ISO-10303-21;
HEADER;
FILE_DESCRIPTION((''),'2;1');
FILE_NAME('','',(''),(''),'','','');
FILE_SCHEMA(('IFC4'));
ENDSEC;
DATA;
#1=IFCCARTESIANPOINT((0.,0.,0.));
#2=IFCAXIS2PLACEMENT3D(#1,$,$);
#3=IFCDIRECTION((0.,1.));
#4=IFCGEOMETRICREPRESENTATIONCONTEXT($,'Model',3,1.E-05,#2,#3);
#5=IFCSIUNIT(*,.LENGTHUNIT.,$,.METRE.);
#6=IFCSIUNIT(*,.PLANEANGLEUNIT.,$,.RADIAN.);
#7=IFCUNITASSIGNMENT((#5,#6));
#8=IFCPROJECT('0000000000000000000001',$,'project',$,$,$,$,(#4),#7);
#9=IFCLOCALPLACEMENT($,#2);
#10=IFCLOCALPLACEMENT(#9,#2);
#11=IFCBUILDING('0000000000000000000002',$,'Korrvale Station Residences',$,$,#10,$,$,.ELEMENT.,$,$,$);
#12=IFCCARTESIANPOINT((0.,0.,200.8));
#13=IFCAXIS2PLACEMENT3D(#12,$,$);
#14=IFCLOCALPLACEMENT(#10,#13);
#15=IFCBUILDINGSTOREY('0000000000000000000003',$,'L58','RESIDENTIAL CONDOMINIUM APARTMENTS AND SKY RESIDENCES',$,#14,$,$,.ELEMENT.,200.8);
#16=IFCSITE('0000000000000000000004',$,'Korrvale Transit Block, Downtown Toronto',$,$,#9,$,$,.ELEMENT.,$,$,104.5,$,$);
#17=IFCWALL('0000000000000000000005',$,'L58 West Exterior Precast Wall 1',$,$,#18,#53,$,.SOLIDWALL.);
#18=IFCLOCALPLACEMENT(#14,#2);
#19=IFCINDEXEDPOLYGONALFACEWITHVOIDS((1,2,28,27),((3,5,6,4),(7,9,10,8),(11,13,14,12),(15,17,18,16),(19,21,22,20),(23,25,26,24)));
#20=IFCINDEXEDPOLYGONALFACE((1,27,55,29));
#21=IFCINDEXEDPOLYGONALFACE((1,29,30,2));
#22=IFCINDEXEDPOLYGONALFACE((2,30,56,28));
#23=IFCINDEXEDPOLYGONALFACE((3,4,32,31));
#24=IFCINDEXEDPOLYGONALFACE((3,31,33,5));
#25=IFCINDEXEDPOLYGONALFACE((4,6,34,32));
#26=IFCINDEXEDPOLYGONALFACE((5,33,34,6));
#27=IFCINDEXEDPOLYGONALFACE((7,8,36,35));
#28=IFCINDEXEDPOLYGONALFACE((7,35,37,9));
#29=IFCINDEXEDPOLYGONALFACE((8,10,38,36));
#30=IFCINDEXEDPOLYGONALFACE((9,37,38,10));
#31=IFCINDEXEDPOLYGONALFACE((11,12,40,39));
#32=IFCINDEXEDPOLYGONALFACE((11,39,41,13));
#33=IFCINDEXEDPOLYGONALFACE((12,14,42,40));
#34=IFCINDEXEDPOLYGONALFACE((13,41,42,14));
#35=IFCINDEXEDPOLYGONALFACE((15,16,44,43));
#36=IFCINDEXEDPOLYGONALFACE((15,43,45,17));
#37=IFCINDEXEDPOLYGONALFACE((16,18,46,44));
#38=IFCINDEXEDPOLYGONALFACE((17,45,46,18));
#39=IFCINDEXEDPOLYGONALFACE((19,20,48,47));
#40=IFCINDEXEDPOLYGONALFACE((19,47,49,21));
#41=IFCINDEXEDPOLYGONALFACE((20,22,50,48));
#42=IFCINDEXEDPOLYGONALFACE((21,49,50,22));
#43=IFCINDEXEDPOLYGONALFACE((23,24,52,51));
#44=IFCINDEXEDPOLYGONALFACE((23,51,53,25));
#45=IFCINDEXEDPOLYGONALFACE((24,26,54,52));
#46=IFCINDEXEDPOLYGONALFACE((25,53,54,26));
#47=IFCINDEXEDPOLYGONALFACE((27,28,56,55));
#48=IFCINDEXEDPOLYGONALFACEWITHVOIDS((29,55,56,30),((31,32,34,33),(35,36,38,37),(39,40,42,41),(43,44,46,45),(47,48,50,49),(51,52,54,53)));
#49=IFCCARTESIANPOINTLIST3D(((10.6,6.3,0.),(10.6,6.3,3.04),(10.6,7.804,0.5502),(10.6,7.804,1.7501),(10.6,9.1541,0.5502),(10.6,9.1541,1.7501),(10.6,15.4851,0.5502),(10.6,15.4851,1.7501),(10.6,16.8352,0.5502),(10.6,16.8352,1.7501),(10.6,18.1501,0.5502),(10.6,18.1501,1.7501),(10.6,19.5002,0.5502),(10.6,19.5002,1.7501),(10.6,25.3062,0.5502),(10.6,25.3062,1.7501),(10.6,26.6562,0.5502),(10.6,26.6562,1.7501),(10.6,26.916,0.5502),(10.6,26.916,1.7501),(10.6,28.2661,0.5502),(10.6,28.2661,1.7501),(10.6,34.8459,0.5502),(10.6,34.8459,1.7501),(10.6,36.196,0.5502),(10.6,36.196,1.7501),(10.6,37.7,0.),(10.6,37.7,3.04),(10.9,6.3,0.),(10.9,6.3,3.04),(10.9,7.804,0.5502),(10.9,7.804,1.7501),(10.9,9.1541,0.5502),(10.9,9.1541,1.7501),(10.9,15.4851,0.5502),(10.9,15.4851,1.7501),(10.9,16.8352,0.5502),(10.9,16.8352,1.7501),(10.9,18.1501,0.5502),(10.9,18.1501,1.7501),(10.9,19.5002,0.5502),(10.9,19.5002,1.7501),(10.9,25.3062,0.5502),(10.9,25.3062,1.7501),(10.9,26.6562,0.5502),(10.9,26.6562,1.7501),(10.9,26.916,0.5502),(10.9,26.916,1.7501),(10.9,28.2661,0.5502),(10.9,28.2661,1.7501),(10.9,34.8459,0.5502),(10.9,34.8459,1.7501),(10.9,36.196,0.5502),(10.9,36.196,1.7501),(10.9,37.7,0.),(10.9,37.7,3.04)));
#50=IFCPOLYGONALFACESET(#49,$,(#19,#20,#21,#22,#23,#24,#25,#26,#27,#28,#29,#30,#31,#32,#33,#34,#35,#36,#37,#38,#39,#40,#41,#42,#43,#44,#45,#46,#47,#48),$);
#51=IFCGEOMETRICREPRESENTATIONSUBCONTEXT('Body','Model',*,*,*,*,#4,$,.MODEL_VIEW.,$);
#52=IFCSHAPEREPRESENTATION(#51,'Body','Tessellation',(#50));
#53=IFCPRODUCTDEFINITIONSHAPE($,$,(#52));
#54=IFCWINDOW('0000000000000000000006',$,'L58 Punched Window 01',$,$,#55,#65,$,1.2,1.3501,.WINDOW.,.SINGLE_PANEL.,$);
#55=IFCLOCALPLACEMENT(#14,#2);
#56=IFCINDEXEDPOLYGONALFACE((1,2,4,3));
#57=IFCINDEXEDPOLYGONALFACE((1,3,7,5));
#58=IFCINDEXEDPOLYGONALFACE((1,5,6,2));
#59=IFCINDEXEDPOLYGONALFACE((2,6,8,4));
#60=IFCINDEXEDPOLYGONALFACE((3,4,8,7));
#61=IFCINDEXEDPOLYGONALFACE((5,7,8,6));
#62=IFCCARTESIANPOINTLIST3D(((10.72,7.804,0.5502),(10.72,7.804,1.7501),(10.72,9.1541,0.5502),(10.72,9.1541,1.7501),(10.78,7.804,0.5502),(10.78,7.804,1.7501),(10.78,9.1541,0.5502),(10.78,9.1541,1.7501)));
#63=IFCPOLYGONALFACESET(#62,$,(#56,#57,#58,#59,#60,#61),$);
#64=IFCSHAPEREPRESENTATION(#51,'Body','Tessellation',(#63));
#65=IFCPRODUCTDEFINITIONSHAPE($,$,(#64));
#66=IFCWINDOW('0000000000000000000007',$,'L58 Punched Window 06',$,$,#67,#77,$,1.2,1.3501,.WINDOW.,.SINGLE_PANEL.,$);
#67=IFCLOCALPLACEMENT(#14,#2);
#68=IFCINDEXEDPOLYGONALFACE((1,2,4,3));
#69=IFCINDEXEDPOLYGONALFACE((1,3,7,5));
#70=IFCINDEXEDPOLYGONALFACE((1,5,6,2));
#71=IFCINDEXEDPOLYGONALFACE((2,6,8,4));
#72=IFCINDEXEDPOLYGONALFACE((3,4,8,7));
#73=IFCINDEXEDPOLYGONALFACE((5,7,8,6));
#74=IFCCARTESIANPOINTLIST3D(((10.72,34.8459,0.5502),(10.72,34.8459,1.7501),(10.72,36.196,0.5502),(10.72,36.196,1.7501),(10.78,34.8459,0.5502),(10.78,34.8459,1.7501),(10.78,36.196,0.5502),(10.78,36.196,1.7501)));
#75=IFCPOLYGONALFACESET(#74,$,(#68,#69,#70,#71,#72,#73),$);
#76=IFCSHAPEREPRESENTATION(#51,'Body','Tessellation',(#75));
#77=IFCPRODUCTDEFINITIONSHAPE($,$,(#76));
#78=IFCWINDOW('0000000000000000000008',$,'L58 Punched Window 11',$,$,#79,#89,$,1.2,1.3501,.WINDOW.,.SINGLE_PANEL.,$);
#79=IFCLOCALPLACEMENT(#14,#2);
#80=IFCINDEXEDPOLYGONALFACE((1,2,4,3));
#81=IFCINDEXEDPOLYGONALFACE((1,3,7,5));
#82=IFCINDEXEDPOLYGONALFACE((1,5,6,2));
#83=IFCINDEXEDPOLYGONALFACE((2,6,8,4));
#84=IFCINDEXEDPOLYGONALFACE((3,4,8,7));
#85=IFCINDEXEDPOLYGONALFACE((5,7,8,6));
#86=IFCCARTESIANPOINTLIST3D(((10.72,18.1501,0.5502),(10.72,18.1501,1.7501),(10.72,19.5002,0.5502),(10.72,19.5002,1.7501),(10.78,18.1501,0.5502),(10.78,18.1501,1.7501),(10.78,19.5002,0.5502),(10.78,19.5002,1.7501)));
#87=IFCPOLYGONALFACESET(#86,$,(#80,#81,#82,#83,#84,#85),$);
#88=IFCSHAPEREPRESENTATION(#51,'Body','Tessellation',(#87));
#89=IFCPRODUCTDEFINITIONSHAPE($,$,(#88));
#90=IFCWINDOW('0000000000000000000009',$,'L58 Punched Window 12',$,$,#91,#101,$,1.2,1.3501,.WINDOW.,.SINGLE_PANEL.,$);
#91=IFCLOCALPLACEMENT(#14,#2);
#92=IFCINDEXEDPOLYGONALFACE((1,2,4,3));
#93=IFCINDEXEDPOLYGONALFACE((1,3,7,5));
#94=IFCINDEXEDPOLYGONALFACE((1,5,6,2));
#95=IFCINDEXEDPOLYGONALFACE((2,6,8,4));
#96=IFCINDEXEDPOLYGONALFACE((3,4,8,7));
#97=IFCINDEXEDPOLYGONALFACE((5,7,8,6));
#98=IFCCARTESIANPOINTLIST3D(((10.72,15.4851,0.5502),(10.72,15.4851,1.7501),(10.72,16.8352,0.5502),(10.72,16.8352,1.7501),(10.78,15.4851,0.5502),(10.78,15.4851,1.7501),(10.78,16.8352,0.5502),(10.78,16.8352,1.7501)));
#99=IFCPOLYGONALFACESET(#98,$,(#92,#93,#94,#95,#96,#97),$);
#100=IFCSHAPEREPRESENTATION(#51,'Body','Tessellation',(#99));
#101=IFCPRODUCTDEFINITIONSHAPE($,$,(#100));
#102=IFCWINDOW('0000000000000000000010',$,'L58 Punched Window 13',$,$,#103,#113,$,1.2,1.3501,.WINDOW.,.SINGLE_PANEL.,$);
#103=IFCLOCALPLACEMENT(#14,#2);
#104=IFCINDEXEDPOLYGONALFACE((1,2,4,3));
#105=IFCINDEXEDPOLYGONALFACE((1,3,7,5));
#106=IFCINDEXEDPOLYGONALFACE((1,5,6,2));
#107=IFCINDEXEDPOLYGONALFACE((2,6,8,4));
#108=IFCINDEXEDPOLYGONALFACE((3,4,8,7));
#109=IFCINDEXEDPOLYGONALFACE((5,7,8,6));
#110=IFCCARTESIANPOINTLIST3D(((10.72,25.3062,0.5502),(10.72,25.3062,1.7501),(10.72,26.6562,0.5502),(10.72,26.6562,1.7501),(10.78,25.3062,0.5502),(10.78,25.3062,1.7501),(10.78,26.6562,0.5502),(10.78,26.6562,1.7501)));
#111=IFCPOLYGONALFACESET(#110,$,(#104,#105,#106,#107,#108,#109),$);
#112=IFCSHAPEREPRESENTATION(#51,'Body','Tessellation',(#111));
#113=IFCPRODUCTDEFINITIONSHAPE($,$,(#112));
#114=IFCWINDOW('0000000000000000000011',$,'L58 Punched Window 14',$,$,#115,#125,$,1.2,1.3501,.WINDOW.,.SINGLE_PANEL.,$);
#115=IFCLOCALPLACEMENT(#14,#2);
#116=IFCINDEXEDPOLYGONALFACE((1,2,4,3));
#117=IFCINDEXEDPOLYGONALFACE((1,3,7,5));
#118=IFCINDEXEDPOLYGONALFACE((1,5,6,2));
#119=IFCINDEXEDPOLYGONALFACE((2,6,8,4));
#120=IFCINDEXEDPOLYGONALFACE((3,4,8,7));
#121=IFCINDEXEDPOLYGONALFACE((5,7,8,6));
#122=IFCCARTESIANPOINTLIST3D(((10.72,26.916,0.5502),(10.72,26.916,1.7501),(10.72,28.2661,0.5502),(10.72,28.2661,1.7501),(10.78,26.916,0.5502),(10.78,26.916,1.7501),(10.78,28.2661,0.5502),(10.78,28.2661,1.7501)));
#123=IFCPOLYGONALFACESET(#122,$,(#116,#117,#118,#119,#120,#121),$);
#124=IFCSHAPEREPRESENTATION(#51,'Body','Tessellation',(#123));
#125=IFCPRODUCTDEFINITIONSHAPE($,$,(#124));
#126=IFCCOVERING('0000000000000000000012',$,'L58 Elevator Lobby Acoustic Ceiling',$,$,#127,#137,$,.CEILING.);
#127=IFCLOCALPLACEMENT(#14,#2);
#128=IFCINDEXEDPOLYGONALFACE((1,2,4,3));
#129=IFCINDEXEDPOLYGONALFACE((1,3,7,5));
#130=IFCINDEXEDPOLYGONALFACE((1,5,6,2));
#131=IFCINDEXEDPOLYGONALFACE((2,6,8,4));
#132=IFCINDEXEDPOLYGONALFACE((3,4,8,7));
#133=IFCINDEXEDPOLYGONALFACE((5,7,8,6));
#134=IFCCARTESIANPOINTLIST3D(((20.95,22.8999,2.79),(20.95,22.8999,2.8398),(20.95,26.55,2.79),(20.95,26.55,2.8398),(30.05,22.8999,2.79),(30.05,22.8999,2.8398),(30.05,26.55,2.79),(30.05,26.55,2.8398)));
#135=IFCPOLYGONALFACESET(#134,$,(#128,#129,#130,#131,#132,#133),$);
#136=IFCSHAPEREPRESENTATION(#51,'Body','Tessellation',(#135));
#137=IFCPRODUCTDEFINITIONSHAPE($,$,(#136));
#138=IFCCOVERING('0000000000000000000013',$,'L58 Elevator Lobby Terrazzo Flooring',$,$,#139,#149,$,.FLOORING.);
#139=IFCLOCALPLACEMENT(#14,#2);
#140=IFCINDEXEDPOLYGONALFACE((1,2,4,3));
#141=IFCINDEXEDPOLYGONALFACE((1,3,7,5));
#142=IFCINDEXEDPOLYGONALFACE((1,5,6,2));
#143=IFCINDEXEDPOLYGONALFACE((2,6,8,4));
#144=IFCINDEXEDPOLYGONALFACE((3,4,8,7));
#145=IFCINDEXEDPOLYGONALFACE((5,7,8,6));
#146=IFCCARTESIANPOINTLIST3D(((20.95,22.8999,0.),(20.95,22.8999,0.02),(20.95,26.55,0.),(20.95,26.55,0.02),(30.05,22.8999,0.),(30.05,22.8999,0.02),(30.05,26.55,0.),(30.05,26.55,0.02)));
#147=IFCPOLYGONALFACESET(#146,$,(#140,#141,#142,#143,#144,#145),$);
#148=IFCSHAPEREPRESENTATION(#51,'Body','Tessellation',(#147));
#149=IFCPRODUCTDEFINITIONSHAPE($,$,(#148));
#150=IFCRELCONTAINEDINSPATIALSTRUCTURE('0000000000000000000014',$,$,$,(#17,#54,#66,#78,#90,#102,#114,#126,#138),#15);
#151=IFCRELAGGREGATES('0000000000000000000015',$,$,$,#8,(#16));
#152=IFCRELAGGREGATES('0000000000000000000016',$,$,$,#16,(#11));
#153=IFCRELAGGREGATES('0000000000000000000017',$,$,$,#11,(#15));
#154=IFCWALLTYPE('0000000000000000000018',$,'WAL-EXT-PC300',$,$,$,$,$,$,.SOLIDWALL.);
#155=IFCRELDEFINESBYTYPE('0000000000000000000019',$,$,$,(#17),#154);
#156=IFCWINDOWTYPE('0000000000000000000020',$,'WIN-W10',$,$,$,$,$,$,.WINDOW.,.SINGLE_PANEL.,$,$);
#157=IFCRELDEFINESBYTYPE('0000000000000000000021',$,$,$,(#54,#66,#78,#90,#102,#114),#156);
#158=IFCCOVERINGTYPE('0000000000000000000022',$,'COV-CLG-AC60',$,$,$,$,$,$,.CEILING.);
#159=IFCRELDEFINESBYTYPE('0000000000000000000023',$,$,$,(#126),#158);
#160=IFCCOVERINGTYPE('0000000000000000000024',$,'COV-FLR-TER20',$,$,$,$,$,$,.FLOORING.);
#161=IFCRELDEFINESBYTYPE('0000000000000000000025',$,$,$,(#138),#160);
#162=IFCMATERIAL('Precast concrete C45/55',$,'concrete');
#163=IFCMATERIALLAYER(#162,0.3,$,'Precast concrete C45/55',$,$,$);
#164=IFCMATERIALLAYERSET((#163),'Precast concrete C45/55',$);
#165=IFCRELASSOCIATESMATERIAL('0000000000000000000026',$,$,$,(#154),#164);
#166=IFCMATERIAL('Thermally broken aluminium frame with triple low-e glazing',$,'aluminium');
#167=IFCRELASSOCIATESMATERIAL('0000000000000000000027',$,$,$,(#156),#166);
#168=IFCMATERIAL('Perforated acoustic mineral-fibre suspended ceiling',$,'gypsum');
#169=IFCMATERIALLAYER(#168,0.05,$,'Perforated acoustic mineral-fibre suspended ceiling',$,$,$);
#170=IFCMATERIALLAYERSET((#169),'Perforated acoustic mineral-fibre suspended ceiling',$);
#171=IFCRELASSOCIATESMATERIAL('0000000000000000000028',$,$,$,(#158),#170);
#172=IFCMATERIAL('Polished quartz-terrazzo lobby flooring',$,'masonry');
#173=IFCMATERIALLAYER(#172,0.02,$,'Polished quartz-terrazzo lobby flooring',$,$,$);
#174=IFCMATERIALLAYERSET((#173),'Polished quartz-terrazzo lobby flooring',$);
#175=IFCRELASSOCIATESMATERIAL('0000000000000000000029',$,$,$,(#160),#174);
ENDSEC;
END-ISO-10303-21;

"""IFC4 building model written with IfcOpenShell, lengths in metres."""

from ifc_helpers import new_model, si_unit, direction, frame, frame_2d, origin, place, context, subcontext, project, spatial, polyline, rectangle, outline, extrude, material, layer, layer_set, type_object, element, fill, save


model = new_model("IFC4")

# Units and contexts
model_context = context("Model", 3, precision=1e-05, world=origin(), true_north=direction((0.0, 1.0)))
body_context = subcontext(model_context, "Body", "Model", "MODEL_VIEW")
ifc_project = project(units=[si_unit("LENGTHUNIT", "METRE"), si_unit("PLANEANGLEUNIT", "RADIAN")], contexts=[model_context])

# Site, building, storey
site_placement = place(None, origin())
site = spatial("IfcSite", under=ifc_project, at=site_placement, Name="Korrvale Transit Block, Downtown Toronto", CompositionType="ELEMENT", RefElevation=104.5)
building_placement = place(site_placement, origin())
building = spatial("IfcBuilding", under=site, at=building_placement, Name="Korrvale Station Residences", CompositionType="ELEMENT")
storey_placement = place(building_placement, frame((0.0, 0.0, 200.8)))
storey = spatial("IfcBuildingStorey", under=building, at=storey_placement, Name="L58", Description="RESIDENTIAL CONDOMINIUM APARTMENTS AND SKY RESIDENCES", CompositionType="ELEMENT", Elevation=200.8)

# Shared definitions
ifc_material_1 = material(Name="Precast concrete C45/55", Category="concrete")
ifc_layer_1 = layer(ifc_material_1, 0.3, Name="Precast concrete C45/55")
ifc_layer_set_1 = layer_set([ifc_layer_1], Name="Precast concrete C45/55")
wall_type_1 = type_object("IfcWallType", Name="WAL-EXT-PC300", PredefinedType="SOLIDWALL", material=ifc_layer_set_1)

# Wall, openings, windows
wall_1_placement = place(storey_placement, frame((10.75, 6.3, 0.0), z_axis=(0.0, 0.0, 1.0), x_axis=(0.0, 1.0, 0.0)))
wall_1 = element("IfcWall", 1, at=wall_1_placement, inside=storey, type_object=wall_type_1, Name="L58 West Exterior Precast Wall 1", PredefinedType="SOLIDWALL", context=body_context, shape_type="SweptSolid", body=[
    extrude(rectangle(XDim=31.3999, YDim=0.3, at=frame_2d((15.7, 0.0))), origin(), (0.0, 0.0, 1.0), 3.04),
])
opening_1_placement = place(wall_1_placement, frame((1.5039, 0.0, 0.55)))
opening_1 = element("IfcOpeningElement", 2, at=opening_1_placement, cuts=wall_1, PredefinedType="OPENING", context=body_context, shape_type="SweptSolid", body=[
    extrude(rectangle(XDim=1.3501, YDim=1.2, at=frame_2d((0.675, 0.6001))), frame((0.0, 0.1602, 0.0), z_axis=(0.0, -1.0, 0.0), x_axis=(1.0, 0.0, 0.0)), (0.0, 0.0, 1.0), 0.3201),
])
opening_2_placement = place(wall_1_placement, frame((28.5459, 0.0, 0.55)))
opening_2 = element("IfcOpeningElement", 3, at=opening_2_placement, cuts=wall_1, PredefinedType="OPENING", context=body_context, shape_type="SweptSolid", body=[
    extrude(rectangle(XDim=1.3501, YDim=1.2, at=frame_2d((0.675, 0.6001))), frame((0.0, 0.1602, 0.0), z_axis=(0.0, -1.0, 0.0), x_axis=(1.0, 0.0, 0.0)), (0.0, 0.0, 1.0), 0.3201),
])
opening_3_placement = place(wall_1_placement, frame((11.8501, 0.0, 0.55)))
opening_3 = element("IfcOpeningElement", 4, at=opening_3_placement, cuts=wall_1, PredefinedType="OPENING", context=body_context, shape_type="SweptSolid", body=[
    extrude(rectangle(XDim=1.3501, YDim=1.2, at=frame_2d((0.675, 0.6001))), frame((0.0, 0.1602, 0.0), z_axis=(0.0, -1.0, 0.0), x_axis=(1.0, 0.0, 0.0)), (0.0, 0.0, 1.0), 0.3201),
])
opening_4_placement = place(wall_1_placement, frame((9.1851, 0.0, 0.55)))
opening_4 = element("IfcOpeningElement", 5, at=opening_4_placement, cuts=wall_1, PredefinedType="OPENING", context=body_context, shape_type="SweptSolid", body=[
    extrude(rectangle(XDim=1.3501, YDim=1.2, at=frame_2d((0.675, 0.6001))), frame((0.0, 0.1602, 0.0), z_axis=(0.0, -1.0, 0.0), x_axis=(1.0, 0.0, 0.0)), (0.0, 0.0, 1.0), 0.3201),
])
opening_5_placement = place(wall_1_placement, frame((19.0061, 0.0, 0.55)))
opening_5 = element("IfcOpeningElement", 6, at=opening_5_placement, cuts=wall_1, PredefinedType="OPENING", context=body_context, shape_type="SweptSolid", body=[
    extrude(rectangle(XDim=1.3501, YDim=1.2, at=frame_2d((0.675, 0.6001))), frame((0.0, 0.1602, 0.0), z_axis=(0.0, -1.0, 0.0), x_axis=(1.0, 0.0, 0.0)), (0.0, 0.0, 1.0), 0.3201),
])
opening_6_placement = place(wall_1_placement, frame((20.616, 0.0, 0.55)))
opening_6 = element("IfcOpeningElement", 7, at=opening_6_placement, cuts=wall_1, PredefinedType="OPENING", context=body_context, shape_type="SweptSolid", body=[
    extrude(rectangle(XDim=1.3501, YDim=1.2, at=frame_2d((0.675, 0.6001))), frame((0.0, 0.1602, 0.0), z_axis=(0.0, -1.0, 0.0), x_axis=(1.0, 0.0, 0.0)), (0.0, 0.0, 1.0), 0.3201),
])
ifc_material_2 = material(Name="Thermally broken aluminium frame with triple low-e glazing", Category="aluminium")
window_type = type_object("IfcWindowType", Name="WIN-W10", PartitioningType="SINGLE_PANEL", PredefinedType="WINDOW", material=ifc_material_2)
window_1_placement = place(opening_1_placement, origin())
window_1 = element("IfcWindow", 8, at=window_1_placement, inside=storey, type_object=window_type, Name="L58 Punched Window 01", OverallHeight=1.2, OverallWidth=1.3501, PartitioningType="SINGLE_PANEL", PredefinedType="WINDOW", context=body_context, shape_type="SweptSolid", body=[
    extrude(rectangle(XDim=1.3501, YDim=1.2, at=frame_2d((0.675, 0.6001))), frame((0.0, 0.03, 0.0), z_axis=(0.0, -1.0, 0.0), x_axis=(1.0, 0.0, 0.0)), (0.0, 0.0, 1.0), 0.0601),
])
fill(opening_1, window_1)
window_2_placement = place(opening_2_placement, origin())
window_2 = element("IfcWindow", 9, at=window_2_placement, inside=storey, type_object=window_type, Name="L58 Punched Window 06", OverallHeight=1.2, OverallWidth=1.3501, PartitioningType="SINGLE_PANEL", PredefinedType="WINDOW", context=body_context, shape_type="SweptSolid", body=[
    extrude(rectangle(XDim=1.3501, YDim=1.2, at=frame_2d((0.675, 0.6001))), frame((0.0, 0.03, 0.0), z_axis=(0.0, -1.0, 0.0), x_axis=(1.0, 0.0, 0.0)), (0.0, 0.0, 1.0), 0.0601),
])
fill(opening_2, window_2)
window_3_placement = place(opening_3_placement, origin())
window_3 = element("IfcWindow", 10, at=window_3_placement, inside=storey, type_object=window_type, Name="L58 Punched Window 11", OverallHeight=1.2, OverallWidth=1.3501, PartitioningType="SINGLE_PANEL", PredefinedType="WINDOW", context=body_context, shape_type="SweptSolid", body=[
    extrude(rectangle(XDim=1.3501, YDim=1.2, at=frame_2d((0.675, 0.6001))), frame((0.0, 0.03, 0.0), z_axis=(0.0, -1.0, 0.0), x_axis=(1.0, 0.0, 0.0)), (0.0, 0.0, 1.0), 0.0601),
])
fill(opening_3, window_3)
window_4_placement = place(opening_4_placement, origin())
window_4 = element("IfcWindow", 11, at=window_4_placement, inside=storey, type_object=window_type, Name="L58 Punched Window 12", OverallHeight=1.2, OverallWidth=1.3501, PartitioningType="SINGLE_PANEL", PredefinedType="WINDOW", context=body_context, shape_type="SweptSolid", body=[
    extrude(rectangle(XDim=1.3501, YDim=1.2, at=frame_2d((0.675, 0.6001))), frame((0.0, 0.03, 0.0), z_axis=(0.0, -1.0, 0.0), x_axis=(1.0, 0.0, 0.0)), (0.0, 0.0, 1.0), 0.0601),
])
fill(opening_4, window_4)
window_5_placement = place(opening_5_placement, origin())
window_5 = element("IfcWindow", 12, at=window_5_placement, inside=storey, type_object=window_type, Name="L58 Punched Window 13", OverallHeight=1.2, OverallWidth=1.3501, PartitioningType="SINGLE_PANEL", PredefinedType="WINDOW", context=body_context, shape_type="SweptSolid", body=[
    extrude(rectangle(XDim=1.3501, YDim=1.2, at=frame_2d((0.675, 0.6001))), frame((0.0, 0.03, 0.0), z_axis=(0.0, -1.0, 0.0), x_axis=(1.0, 0.0, 0.0)), (0.0, 0.0, 1.0), 0.0601),
])
fill(opening_5, window_5)
window_6_placement = place(opening_6_placement, origin())
window_6 = element("IfcWindow", 13, at=window_6_placement, inside=storey, type_object=window_type, Name="L58 Punched Window 14", OverallHeight=1.2, OverallWidth=1.3501, PartitioningType="SINGLE_PANEL", PredefinedType="WINDOW", context=body_context, shape_type="SweptSolid", body=[
    extrude(rectangle(XDim=1.3501, YDim=1.2, at=frame_2d((0.675, 0.6001))), frame((0.0, 0.03, 0.0), z_axis=(0.0, -1.0, 0.0), x_axis=(1.0, 0.0, 0.0)), (0.0, 0.0, 1.0), 0.0601),
])
fill(opening_6, window_6)

# Coverings
ifc_material_3 = material(Name="Perforated acoustic mineral-fibre suspended ceiling", Category="gypsum")
ifc_layer_2 = layer(ifc_material_3, 0.05, Name="Perforated acoustic mineral-fibre suspended ceiling")
ifc_layer_set_2 = layer_set([ifc_layer_2], Name="Perforated acoustic mineral-fibre suspended ceiling")
covering_type_1 = type_object("IfcCoveringType", Name="COV-CLG-AC60", PredefinedType="CEILING", material=ifc_layer_set_2)
covering_1_placement = place(storey_placement, frame((0.0, 0.0, 2.79)))
element("IfcCovering", 14, at=covering_1_placement, inside=storey, type_object=covering_type_1, Name="L58 Elevator Lobby Acoustic Ceiling", PredefinedType="CEILING", context=body_context, shape_type="SweptSolid", body=[
    extrude(outline(polyline([(20.95, 22.8999), (30.05, 22.8999), (30.05, 26.55), (20.95, 26.55), (20.95, 22.8999)])), origin(), (0.0, 0.0, 1.0), 0.0498),
])
ifc_material_4 = material(Name="Polished quartz-terrazzo lobby flooring", Category="masonry")
ifc_layer_3 = layer(ifc_material_4, 0.02, Name="Polished quartz-terrazzo lobby flooring")
ifc_layer_set_3 = layer_set([ifc_layer_3], Name="Polished quartz-terrazzo lobby flooring")
covering_type_2 = type_object("IfcCoveringType", Name="COV-FLR-TER20", PredefinedType="FLOORING", material=ifc_layer_set_3)
covering_2_placement = place(storey_placement, origin())
element("IfcCovering", 15, at=covering_2_placement, inside=storey, type_object=covering_type_2, Name="L58 Elevator Lobby Terrazzo Flooring", PredefinedType="FLOORING", context=body_context, shape_type="SweptSolid", body=[
    extrude(outline(polyline([(20.95, 22.8999), (30.05, 22.8999), (30.05, 26.55), (20.95, 26.55), (20.95, 22.8999)])), origin(), (0.0, 0.0, 1.0), 0.02),
])

save(model, "model.ifc")
